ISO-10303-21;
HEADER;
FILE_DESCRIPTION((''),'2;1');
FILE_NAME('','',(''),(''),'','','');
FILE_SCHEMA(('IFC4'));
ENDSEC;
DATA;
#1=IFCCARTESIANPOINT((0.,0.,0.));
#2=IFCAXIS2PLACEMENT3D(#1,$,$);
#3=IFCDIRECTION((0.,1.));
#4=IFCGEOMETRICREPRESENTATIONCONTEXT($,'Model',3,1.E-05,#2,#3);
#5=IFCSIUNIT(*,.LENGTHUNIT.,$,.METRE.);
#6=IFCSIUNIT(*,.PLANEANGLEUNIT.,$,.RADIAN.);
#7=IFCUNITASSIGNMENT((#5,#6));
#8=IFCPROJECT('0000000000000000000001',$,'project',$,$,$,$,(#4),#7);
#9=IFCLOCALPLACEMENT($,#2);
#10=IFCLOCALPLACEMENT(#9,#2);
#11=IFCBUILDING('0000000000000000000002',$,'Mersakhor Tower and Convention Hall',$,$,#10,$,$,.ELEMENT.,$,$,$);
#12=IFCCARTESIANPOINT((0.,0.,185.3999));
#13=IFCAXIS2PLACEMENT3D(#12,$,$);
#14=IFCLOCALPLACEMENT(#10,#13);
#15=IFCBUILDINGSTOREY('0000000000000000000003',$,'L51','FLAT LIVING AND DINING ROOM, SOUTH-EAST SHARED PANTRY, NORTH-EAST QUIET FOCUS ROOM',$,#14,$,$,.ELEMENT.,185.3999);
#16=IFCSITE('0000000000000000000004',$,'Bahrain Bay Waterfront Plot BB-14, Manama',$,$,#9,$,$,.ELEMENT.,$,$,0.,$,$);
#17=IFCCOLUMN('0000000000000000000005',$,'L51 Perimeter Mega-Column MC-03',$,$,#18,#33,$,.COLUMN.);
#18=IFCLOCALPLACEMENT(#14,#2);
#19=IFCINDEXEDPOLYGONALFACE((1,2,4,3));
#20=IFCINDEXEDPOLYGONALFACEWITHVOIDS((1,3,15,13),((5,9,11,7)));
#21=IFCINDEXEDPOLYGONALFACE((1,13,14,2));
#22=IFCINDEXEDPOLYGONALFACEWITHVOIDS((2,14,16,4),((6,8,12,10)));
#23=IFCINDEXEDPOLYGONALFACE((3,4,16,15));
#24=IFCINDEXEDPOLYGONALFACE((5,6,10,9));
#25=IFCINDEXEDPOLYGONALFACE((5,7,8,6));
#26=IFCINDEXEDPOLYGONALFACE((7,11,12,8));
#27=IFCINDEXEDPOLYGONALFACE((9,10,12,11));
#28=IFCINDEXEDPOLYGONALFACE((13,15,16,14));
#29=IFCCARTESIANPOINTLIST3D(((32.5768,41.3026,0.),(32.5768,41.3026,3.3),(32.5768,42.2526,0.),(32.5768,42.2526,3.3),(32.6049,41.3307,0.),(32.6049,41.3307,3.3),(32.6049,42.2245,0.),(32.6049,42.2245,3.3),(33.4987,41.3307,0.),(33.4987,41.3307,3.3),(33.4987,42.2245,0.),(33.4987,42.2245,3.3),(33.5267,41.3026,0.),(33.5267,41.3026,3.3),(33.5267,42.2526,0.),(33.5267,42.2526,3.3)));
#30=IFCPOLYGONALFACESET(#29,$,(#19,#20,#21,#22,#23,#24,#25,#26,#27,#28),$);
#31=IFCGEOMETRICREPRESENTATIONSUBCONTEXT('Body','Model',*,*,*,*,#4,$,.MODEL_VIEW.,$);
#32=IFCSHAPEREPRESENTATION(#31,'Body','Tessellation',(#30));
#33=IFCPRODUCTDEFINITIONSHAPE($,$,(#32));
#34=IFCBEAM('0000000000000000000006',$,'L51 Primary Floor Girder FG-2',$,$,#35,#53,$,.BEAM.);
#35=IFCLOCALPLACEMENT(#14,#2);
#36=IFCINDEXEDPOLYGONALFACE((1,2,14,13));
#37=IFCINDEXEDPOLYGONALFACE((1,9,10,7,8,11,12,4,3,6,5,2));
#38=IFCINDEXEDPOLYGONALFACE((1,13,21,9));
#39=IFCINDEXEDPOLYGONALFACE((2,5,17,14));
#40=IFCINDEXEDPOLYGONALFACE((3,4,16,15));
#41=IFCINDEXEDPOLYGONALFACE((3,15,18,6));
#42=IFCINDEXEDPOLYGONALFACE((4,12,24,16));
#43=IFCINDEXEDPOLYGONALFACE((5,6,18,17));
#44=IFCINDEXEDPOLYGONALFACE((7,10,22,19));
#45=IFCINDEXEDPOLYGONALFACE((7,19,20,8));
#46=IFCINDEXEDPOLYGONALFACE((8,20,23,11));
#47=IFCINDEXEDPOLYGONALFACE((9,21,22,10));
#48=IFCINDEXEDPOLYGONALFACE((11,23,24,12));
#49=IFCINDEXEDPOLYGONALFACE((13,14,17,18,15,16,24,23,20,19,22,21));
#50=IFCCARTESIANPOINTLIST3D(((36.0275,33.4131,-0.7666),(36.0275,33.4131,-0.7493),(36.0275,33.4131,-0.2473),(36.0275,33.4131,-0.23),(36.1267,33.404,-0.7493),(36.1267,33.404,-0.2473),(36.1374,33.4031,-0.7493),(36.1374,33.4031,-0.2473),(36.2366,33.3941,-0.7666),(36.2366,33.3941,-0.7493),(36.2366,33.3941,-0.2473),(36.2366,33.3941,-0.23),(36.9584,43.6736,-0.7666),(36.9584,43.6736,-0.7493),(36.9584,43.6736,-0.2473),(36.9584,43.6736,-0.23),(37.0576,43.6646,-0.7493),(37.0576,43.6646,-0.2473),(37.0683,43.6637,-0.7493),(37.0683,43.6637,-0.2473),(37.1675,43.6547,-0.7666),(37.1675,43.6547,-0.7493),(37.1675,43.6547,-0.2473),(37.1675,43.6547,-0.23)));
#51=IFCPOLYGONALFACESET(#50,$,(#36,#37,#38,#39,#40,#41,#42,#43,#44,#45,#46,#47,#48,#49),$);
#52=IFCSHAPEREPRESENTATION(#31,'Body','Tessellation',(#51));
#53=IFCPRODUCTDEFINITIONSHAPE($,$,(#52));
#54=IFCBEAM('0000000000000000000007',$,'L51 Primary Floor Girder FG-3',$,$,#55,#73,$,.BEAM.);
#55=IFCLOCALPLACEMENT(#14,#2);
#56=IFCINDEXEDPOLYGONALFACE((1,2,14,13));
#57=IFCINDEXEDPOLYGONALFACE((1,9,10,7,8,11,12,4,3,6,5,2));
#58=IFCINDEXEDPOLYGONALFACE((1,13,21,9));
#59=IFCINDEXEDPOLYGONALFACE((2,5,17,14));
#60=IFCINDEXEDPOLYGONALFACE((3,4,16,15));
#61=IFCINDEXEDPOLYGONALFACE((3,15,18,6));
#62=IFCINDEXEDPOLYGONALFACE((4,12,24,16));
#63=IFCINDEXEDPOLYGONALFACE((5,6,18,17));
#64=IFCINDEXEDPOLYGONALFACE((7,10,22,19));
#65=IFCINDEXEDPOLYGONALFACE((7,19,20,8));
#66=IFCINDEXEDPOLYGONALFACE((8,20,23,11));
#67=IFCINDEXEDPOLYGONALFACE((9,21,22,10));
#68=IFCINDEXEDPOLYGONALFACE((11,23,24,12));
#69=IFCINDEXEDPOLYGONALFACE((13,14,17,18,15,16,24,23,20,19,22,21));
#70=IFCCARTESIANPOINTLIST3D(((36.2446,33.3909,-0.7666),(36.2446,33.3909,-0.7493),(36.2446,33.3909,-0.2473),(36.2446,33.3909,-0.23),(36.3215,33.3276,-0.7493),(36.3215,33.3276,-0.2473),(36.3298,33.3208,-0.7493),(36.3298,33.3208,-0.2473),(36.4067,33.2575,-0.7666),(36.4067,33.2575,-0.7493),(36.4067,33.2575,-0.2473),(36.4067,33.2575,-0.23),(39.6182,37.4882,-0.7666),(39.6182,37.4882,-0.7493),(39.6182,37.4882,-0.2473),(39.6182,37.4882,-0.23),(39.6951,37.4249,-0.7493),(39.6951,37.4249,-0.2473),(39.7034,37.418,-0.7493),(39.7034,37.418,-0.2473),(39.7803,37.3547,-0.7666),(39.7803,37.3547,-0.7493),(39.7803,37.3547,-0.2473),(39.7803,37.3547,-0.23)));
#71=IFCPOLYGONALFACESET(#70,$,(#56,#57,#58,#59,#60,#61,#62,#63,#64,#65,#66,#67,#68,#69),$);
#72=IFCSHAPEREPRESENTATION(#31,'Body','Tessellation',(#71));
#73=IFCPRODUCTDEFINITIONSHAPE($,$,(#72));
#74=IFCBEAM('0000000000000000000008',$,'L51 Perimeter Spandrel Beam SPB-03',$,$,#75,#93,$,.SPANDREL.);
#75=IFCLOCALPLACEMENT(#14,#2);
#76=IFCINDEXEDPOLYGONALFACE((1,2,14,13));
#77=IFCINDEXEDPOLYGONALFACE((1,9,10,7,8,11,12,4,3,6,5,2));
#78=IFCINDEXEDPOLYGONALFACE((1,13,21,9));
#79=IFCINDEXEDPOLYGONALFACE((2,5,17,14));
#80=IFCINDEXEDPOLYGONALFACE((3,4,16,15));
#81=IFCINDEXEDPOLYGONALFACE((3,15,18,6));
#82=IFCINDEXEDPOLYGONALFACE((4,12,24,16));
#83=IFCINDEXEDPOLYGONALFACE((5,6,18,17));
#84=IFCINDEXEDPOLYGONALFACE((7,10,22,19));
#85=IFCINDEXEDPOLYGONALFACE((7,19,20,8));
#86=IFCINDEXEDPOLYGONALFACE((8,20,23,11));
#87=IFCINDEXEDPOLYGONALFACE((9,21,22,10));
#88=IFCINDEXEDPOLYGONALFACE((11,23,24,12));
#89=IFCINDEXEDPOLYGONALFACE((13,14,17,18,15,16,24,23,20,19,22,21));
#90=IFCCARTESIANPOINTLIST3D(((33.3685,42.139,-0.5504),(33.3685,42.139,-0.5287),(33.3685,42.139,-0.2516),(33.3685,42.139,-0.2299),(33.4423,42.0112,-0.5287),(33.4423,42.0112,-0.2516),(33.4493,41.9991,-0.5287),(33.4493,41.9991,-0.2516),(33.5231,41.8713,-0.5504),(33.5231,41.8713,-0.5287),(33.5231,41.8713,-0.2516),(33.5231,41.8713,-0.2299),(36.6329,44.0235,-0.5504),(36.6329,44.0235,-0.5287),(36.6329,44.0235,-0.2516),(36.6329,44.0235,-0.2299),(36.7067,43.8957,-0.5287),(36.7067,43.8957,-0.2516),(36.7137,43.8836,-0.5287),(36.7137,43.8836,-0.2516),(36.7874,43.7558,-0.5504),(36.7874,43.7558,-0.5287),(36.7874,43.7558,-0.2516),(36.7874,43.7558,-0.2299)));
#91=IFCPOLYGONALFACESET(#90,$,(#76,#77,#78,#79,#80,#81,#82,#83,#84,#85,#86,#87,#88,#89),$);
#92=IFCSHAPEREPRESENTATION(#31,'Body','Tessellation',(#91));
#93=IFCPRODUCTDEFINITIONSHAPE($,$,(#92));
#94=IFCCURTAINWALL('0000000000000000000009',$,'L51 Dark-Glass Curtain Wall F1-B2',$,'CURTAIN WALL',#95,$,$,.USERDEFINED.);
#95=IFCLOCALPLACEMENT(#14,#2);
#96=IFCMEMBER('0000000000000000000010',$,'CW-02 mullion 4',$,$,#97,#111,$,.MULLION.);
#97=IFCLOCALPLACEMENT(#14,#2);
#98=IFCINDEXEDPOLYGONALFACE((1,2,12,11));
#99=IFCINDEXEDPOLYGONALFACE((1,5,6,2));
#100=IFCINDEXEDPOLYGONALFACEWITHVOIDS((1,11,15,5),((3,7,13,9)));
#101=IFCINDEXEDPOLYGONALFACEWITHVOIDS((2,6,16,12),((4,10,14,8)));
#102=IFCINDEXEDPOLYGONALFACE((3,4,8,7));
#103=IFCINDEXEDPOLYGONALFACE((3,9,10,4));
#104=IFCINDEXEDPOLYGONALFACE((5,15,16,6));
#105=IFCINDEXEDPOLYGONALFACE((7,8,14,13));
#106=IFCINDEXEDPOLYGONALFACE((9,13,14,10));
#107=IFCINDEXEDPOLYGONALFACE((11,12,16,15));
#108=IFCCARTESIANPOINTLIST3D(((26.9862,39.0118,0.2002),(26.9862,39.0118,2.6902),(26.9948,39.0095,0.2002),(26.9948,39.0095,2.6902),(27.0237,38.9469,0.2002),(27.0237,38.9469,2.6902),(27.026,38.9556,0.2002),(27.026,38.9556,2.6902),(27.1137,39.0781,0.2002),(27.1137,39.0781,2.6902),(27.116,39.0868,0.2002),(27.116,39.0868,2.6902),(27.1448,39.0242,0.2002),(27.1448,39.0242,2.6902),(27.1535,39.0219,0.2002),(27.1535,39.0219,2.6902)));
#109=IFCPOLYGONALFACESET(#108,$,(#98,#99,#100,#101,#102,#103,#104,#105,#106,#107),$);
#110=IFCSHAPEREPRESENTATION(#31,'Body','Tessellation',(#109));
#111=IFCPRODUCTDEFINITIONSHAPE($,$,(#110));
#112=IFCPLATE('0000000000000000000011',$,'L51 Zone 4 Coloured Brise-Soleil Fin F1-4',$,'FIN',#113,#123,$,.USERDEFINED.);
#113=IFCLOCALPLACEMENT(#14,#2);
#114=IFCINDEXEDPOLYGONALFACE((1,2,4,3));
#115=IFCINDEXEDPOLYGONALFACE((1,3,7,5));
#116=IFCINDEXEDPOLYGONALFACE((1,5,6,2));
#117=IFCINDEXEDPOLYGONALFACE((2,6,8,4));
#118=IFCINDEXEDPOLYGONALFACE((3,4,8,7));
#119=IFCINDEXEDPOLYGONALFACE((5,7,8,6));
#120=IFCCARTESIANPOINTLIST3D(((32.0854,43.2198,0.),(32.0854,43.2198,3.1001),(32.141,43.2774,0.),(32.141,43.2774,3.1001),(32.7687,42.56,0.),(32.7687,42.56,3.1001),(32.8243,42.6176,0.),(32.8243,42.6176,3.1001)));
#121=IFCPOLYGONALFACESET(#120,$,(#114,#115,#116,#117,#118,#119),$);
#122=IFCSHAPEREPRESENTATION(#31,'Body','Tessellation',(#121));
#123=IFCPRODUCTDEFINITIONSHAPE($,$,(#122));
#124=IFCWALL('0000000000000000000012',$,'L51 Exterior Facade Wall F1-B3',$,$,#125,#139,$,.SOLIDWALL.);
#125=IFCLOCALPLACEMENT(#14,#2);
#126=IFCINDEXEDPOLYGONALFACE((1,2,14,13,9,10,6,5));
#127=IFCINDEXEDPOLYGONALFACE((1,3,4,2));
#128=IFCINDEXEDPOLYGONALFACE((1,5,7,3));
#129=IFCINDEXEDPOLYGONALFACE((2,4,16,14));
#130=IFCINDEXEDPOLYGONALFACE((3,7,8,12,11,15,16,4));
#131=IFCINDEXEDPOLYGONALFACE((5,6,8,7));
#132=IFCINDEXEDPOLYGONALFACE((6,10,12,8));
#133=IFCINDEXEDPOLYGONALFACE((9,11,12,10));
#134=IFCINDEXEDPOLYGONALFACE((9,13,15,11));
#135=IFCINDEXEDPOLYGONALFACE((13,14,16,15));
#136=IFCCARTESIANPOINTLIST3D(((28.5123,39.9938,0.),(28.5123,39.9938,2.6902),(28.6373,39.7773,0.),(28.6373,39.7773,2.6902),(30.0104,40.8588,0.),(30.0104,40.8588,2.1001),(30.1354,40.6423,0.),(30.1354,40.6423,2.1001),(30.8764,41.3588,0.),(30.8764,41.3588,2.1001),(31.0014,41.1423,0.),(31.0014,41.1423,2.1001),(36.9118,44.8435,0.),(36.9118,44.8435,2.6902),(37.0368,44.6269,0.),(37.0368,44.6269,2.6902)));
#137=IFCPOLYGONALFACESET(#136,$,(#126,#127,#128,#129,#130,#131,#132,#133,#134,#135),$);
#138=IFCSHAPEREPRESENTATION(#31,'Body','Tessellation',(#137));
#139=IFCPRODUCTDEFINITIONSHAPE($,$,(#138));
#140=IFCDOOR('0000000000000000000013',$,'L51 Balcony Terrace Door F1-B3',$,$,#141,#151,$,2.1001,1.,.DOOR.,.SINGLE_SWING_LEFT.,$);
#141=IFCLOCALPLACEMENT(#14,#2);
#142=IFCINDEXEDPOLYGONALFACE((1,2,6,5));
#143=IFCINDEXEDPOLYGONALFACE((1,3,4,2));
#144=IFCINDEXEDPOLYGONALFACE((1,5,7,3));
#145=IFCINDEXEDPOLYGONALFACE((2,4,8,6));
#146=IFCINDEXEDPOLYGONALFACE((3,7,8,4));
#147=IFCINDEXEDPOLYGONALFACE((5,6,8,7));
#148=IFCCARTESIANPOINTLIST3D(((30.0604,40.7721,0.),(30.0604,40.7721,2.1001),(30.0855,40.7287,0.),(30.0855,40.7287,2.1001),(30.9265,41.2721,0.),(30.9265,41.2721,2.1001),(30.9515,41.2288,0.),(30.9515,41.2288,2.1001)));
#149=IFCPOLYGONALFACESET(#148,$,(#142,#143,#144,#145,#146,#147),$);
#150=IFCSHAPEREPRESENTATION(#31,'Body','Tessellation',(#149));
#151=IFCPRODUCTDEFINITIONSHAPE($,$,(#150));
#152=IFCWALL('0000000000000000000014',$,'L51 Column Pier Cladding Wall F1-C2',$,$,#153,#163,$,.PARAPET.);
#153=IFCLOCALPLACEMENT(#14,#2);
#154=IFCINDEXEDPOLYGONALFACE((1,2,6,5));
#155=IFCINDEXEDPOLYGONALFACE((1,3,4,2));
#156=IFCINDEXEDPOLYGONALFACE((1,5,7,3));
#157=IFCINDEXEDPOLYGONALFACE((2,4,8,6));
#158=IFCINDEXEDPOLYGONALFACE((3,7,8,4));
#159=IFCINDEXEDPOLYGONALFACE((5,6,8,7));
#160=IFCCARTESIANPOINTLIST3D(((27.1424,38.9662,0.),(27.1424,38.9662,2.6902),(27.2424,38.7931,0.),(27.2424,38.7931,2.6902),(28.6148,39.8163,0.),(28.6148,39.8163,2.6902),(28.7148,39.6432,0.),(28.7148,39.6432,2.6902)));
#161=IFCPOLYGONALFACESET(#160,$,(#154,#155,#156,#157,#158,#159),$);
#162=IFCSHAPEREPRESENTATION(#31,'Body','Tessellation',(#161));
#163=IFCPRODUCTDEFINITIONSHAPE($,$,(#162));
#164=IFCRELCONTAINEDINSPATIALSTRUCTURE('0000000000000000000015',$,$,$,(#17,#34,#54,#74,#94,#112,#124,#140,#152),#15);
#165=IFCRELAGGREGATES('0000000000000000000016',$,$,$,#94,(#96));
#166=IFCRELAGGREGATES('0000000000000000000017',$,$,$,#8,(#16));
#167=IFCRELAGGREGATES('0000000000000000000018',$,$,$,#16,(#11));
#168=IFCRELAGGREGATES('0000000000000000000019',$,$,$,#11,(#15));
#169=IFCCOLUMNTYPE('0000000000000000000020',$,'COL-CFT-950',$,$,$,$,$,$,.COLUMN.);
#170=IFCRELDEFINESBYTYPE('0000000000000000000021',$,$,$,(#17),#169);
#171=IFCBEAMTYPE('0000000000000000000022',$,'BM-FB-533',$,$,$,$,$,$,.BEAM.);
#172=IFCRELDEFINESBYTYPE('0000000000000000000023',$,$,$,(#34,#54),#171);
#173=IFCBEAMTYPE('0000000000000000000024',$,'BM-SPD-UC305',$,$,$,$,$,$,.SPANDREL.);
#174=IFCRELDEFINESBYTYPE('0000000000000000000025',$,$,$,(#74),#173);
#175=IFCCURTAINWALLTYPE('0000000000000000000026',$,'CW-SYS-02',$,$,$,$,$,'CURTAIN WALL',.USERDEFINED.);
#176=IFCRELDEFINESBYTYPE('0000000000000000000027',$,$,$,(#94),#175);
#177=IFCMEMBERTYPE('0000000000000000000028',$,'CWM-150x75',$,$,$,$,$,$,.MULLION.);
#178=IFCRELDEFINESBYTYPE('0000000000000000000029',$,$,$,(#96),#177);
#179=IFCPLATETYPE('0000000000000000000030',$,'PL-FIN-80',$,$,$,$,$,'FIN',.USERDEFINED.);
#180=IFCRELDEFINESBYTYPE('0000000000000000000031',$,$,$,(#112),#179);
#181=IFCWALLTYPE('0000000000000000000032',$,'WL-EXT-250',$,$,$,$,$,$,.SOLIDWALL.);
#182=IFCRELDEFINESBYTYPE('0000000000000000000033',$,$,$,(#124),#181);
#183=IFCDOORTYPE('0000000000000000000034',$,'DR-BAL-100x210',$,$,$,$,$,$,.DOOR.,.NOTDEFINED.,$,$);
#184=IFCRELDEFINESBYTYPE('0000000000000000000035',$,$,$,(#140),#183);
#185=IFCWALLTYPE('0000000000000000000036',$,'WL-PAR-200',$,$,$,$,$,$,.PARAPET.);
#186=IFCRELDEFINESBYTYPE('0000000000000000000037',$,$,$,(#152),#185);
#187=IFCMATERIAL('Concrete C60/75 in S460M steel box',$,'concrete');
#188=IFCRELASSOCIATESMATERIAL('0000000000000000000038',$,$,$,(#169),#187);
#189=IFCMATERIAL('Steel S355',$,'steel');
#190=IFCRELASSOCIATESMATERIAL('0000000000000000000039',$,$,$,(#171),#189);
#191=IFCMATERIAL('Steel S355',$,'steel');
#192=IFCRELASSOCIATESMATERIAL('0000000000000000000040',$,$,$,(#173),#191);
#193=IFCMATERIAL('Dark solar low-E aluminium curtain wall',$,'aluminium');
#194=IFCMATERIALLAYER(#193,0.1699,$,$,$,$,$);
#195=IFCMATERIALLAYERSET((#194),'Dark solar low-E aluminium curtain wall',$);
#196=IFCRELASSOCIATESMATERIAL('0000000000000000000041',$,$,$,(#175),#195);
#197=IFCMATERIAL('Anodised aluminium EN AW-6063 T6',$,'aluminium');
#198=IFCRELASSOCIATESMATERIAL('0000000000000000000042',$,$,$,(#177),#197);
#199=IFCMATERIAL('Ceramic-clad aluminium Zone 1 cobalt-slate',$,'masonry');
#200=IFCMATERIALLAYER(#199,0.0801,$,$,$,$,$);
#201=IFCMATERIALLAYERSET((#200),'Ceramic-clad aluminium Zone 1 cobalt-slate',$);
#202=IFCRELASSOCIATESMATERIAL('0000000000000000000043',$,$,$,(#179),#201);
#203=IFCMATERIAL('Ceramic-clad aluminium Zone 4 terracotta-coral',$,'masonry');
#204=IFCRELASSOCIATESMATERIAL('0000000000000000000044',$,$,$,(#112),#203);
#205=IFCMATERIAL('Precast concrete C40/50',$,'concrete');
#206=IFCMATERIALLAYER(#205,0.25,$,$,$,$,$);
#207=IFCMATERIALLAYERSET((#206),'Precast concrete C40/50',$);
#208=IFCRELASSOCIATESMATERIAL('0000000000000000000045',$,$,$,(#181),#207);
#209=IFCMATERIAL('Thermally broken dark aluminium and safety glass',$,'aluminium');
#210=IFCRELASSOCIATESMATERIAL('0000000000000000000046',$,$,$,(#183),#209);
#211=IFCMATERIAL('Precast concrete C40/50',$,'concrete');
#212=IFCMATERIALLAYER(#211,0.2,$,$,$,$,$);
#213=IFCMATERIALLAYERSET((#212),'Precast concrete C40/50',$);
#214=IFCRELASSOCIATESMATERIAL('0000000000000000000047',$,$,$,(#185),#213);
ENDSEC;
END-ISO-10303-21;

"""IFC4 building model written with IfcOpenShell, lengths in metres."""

from ifc_helpers import new_model, si_unit, direction, frame, frame_2d, origin, origin_2d, place, context, subcontext, project, spatial, rectangle, hollow_rectangle, i_section, extrude, material, layer, layer_set, material_profile, profile_set, type_object, element, fill, aggregate, save


model = new_model("IFC4")

# Units and contexts
model_context = context("Model", 3, precision=1e-05, world=origin(), true_north=direction((0.0, 1.0)))
body_context = subcontext(model_context, "Body", "Model", "MODEL_VIEW")
ifc_project = project(units=[si_unit("LENGTHUNIT", "METRE"), si_unit("PLANEANGLEUNIT", "RADIAN")], contexts=[model_context])

# Site, building, storey
site_placement = place(None, origin())
site = spatial("IfcSite", under=ifc_project, at=site_placement, Name="Bahrain Bay Waterfront Plot BB-14, Manama", CompositionType="ELEMENT", RefElevation=0.0)
building_placement = place(site_placement, origin())
building = spatial("IfcBuilding", under=site, at=building_placement, Name="Mersakhor Tower and Convention Hall", CompositionType="ELEMENT")
storey_placement = place(building_placement, frame((0.0, 0.0, 185.3999)))
storey = spatial("IfcBuildingStorey", under=building, at=storey_placement, Name="L51", Description="FLAT LIVING AND DINING ROOM, SOUTH-EAST SHARED PANTRY, NORTH-EAST QUIET FOCUS ROOM", CompositionType="ELEMENT", Elevation=185.3999)

# Column
ifc_material_1 = material(Name="Concrete C60/75 in S460M steel box", Category="concrete")
ifc_material_profile_1 = material_profile(ifc_material_1, hollow_rectangle(XDim=0.95, YDim=0.95, WallThickness=0.0281, at=origin_2d()), Name="SHS 950x950x28")
ifc_profile_set_1 = profile_set([ifc_material_profile_1], Name="Concrete C60/75 in S460M steel box")
column_type = type_object("IfcColumnType", Name="COL-CFT-950", PredefinedType="COLUMN", material=ifc_profile_set_1)
column_placement = place(storey_placement, frame((33.0518, 41.7776, 0.0), z_axis=(0.0, 0.0, 1.0), x_axis=(1.0, 0.0, 0.0)))
element("IfcColumn", 1, at=column_placement, inside=storey, type_object=column_type, Name="L51 Perimeter Mega-Column MC-03", PredefinedType="COLUMN", context=body_context, shape_type="SweptSolid", body=[
    extrude(hollow_rectangle(XDim=0.95, YDim=0.95, WallThickness=0.0281, at=origin_2d()), origin(), (0.0, 0.0, 1.0), 3.3),
])

# Beams
ifc_material_2 = material(Name="Steel S355", Category="steel")
ifc_material_profile_2 = material_profile(ifc_material_2, i_section(OverallWidth=0.21, OverallDepth=0.5366, WebThickness=0.0107, FlangeThickness=0.0173, at=origin_2d()), Name="UB 533x210x101")
ifc_profile_set_2 = profile_set([ifc_material_profile_2], Name="Steel S355")
beam_type_1 = type_object("IfcBeamType", Name="BM-FB-533", PredefinedType="BEAM", material=ifc_profile_set_2)
beam_1_placement = place(storey_placement, frame((36.1321, 33.4036, -0.4983), z_axis=(0.090356, 0.99591, 0.0), x_axis=(-0.99591, 0.090356, 0.0)))
element("IfcBeam", 2, at=beam_1_placement, inside=storey, type_object=beam_type_1, Name="L51 Primary Floor Girder FG-2", PredefinedType="BEAM", context=body_context, shape_type="SweptSolid", body=[
    extrude(i_section(OverallWidth=0.21, OverallDepth=0.5366, WebThickness=0.0107, FlangeThickness=0.0173, at=origin_2d()), origin(), (0.0, 0.0, 1.0), 10.3027),
])
beam_2_placement = place(storey_placement, frame((36.3257, 33.3242, -0.4983), z_axis=(0.63564, 0.771986, 0.0), x_axis=(-0.771986, 0.63564, 0.0)))
element("IfcBeam", 3, at=beam_2_placement, inside=storey, type_object=beam_type_1, Name="L51 Primary Floor Girder FG-3", PredefinedType="BEAM", context=body_context, shape_type="SweptSolid", body=[
    extrude(i_section(OverallWidth=0.21, OverallDepth=0.5366, WebThickness=0.0107, FlangeThickness=0.0173, at=origin_2d()), origin(), (0.0, 0.0, 1.0), 5.3074),
])
ifc_material_3 = material(Name="Steel S355", Category="steel")
ifc_material_profile_3 = material_profile(ifc_material_3, i_section(OverallWidth=0.3091, OverallDepth=0.3206, WebThickness=0.0139, FlangeThickness=0.0217, at=origin_2d()), Name="UC 305x305x137")
ifc_profile_set_3 = profile_set([ifc_material_profile_3], Name="Steel S355")
beam_type_2 = type_object("IfcBeamType", Name="BM-SPD-UC305", PredefinedType="SPANDREL", material=ifc_profile_set_3)
beam_3_placement = place(storey_placement, frame((33.4458, 42.0051, -0.3901), z_axis=(0.866046, 0.499964, 0.0), x_axis=(-0.499964, 0.866046, 0.0)))
element("IfcBeam", 4, at=beam_3_placement, inside=storey, type_object=beam_type_2, Name="L51 Perimeter Spandrel Beam SPB-03", PredefinedType="SPANDREL", context=body_context, shape_type="SweptSolid", body=[
    extrude(i_section(OverallWidth=0.3091, OverallDepth=0.3206, WebThickness=0.0139, FlangeThickness=0.0217, at=origin_2d()), origin(), (0.0, 0.0, 1.0), 3.7693),
])

# Curtain wall, member
ifc_material_4 = material(Name="Dark solar low-E aluminium curtain wall", Category="aluminium")
ifc_layer_1 = layer(ifc_material_4, 0.1699)
ifc_layer_set_1 = layer_set([ifc_layer_1], Name="Dark solar low-E aluminium curtain wall")
curtain_wall_type = type_object("IfcCurtainWallType", Name="CW-SYS-02", ElementType="CURTAIN WALL", PredefinedType="USERDEFINED", material=ifc_layer_set_1)
curtain_wall_placement = place(storey_placement, origin())
curtain_wall = element("IfcCurtainWall", 5, at=curtain_wall_placement, inside=storey, type_object=curtain_wall_type, Name="L51 Dark-Glass Curtain Wall F1-B2", ObjectType="CURTAIN WALL", PredefinedType="USERDEFINED")
ifc_material_5 = material(Name="Anodised aluminium EN AW-6063 T6", Category="aluminium")
ifc_material_profile_4 = material_profile(ifc_material_5, hollow_rectangle(XDim=0.075, YDim=0.1499, WallThickness=0.0063, at=origin_2d()), Name="RHS 150x75x6.3")
ifc_profile_set_4 = profile_set([ifc_material_profile_4], Name="Anodised aluminium EN AW-6063 T6")
member_type = type_object("IfcMemberType", Name="CWM-150x75", PredefinedType="MULLION", material=ifc_profile_set_4)
member_placement = place(storey_placement, frame((27.0698, 39.0168, 0.2002), z_axis=(0.0, 0.0, 1.0), x_axis=(-0.500008, 0.866021, 0.0)))
member = element("IfcMember", 6, at=member_placement, type_object=member_type, Name="CW-02 mullion 4", PredefinedType="MULLION", context=body_context, shape_type="SweptSolid", body=[
    extrude(hollow_rectangle(XDim=0.075, YDim=0.1499, WallThickness=0.0063, at=origin_2d()), origin(), (0.0, 0.0, 1.0), 2.49),
])
aggregate(curtain_wall, [member])

# Plate
ifc_material_6 = material(Name="Ceramic-clad aluminium Zone 4 terracotta-coral", Category="masonry")
ifc_material_7 = material(Name="Ceramic-clad aluminium Zone 1 cobalt-slate", Category="masonry")
ifc_layer_2 = layer(ifc_material_7, 0.0801)
ifc_layer_set_2 = layer_set([ifc_layer_2], Name="Ceramic-clad aluminium Zone 1 cobalt-slate")
plate_type = type_object("IfcPlateType", Name="PL-FIN-80", ElementType="FIN", PredefinedType="USERDEFINED", material=ifc_layer_set_2)
plate_placement = place(storey_placement, frame((32.4548, 42.9187, 0.0), z_axis=(0.0, 0.0, 1.0), x_axis=(-0.71934, 0.694658, 0.0)))
element("IfcPlate", 7, at=plate_placement, inside=storey, type_object=plate_type, material=ifc_material_6, Name="L51 Zone 4 Coloured Brise-Soleil Fin F1-4", ObjectType="FIN", PredefinedType="USERDEFINED", context=body_context, shape_type="SweptSolid", body=[
    extrude(rectangle(XDim=0.95, YDim=0.0801, at=origin_2d()), origin(), (0.0, 0.0, 1.0), 3.1001),
])

# Wall, opening, door
ifc_material_8 = material(Name="Precast concrete C40/50", Category="concrete")
ifc_layer_3 = layer(ifc_material_8, 0.25)
ifc_layer_set_3 = layer_set([ifc_layer_3], Name="Precast concrete C40/50")
wall_type_1 = type_object("IfcWallType", Name="WL-EXT-250", PredefinedType="SOLIDWALL", material=ifc_layer_set_3)
wall_1_placement = place(storey_placement, frame((28.5747, 39.8855, 0.0), z_axis=(0.0, 0.0, 1.0), x_axis=(0.866016, 0.500016, 0.0)))
wall_1 = element("IfcWall", 8, at=wall_1_placement, inside=storey, type_object=wall_type_1, Name="L51 Exterior Facade Wall F1-B3", PredefinedType="SOLIDWALL", context=body_context, shape_type="SweptSolid", body=[
    extrude(rectangle(XDim=9.699, YDim=0.25, at=frame_2d((4.8496, 0.0))), origin(), (0.0, 0.0, 1.0), 2.6902),
])
opening_1_placement = place(wall_1_placement, frame((1.73, 0.0, 0.0)))
opening_1 = element("IfcOpeningElement", 9, at=opening_1_placement, cuts=wall_1, PredefinedType="OPENING", context=body_context, shape_type="SweptSolid", body=[
    extrude(rectangle(XDim=1.0, YDim=2.1001, at=frame_2d((0.5, 1.05))), frame((0.0, 0.135, 0.0), z_axis=(0.0, -1.0, 0.0), x_axis=(1.0, 0.0, 0.0)), (0.0, 0.0, 1.0), 0.27),
])
ifc_material_9 = material(Name="Thermally broken dark aluminium and safety glass", Category="aluminium")
door_type_1 = type_object("IfcDoorType", Name="DR-BAL-100x210", OperationType="NOTDEFINED", PredefinedType="DOOR", material=ifc_material_9)
door_1_placement = place(opening_1_placement, origin())
door_1 = element("IfcDoor", 10, at=door_1_placement, inside=storey, type_object=door_type_1, Name="L51 Balcony Terrace Door F1-B3", OperationType="SINGLE_SWING_LEFT", OverallHeight=2.1001, OverallWidth=1.0, PredefinedType="DOOR", context=body_context, shape_type="SweptSolid", body=[
    extrude(rectangle(XDim=1.0, YDim=2.1001, at=frame_2d((0.5, 1.05))), frame((0.0, 0.0249, 0.0), z_axis=(0.0, -1.0, 0.0), x_axis=(1.0, 0.0, 0.0)), (0.0, 0.0, 1.0), 0.05),
])
fill(opening_1, door_1)

# Wall
ifc_material_10 = material(Name="Precast concrete C40/50", Category="concrete")
ifc_layer_4 = layer(ifc_material_10, 0.2)
ifc_layer_set_4 = layer_set([ifc_layer_4], Name="Precast concrete C40/50")
wall_type_2 = type_object("IfcWallType", Name="WL-PAR-200", PredefinedType="PARAPET", material=ifc_layer_set_4)
wall_2_placement = place(storey_placement, frame((27.1924, 38.8796, 0.0), z_axis=(0.0, 0.0, 1.0), x_axis=(0.866025, 0.5, 0.0)))
element("IfcWall", 11, at=wall_2_placement, inside=storey, type_object=wall_type_2, Name="L51 Column Pier Cladding Wall F1-C2", PredefinedType="PARAPET", context=body_context, shape_type="SweptSolid", body=[
    extrude(rectangle(XDim=1.7002, YDim=0.2, at=frame_2d((0.8501, 0.0))), origin(), (0.0, 0.0, 1.0), 2.6902),
])

save(model, "model.ifc")
